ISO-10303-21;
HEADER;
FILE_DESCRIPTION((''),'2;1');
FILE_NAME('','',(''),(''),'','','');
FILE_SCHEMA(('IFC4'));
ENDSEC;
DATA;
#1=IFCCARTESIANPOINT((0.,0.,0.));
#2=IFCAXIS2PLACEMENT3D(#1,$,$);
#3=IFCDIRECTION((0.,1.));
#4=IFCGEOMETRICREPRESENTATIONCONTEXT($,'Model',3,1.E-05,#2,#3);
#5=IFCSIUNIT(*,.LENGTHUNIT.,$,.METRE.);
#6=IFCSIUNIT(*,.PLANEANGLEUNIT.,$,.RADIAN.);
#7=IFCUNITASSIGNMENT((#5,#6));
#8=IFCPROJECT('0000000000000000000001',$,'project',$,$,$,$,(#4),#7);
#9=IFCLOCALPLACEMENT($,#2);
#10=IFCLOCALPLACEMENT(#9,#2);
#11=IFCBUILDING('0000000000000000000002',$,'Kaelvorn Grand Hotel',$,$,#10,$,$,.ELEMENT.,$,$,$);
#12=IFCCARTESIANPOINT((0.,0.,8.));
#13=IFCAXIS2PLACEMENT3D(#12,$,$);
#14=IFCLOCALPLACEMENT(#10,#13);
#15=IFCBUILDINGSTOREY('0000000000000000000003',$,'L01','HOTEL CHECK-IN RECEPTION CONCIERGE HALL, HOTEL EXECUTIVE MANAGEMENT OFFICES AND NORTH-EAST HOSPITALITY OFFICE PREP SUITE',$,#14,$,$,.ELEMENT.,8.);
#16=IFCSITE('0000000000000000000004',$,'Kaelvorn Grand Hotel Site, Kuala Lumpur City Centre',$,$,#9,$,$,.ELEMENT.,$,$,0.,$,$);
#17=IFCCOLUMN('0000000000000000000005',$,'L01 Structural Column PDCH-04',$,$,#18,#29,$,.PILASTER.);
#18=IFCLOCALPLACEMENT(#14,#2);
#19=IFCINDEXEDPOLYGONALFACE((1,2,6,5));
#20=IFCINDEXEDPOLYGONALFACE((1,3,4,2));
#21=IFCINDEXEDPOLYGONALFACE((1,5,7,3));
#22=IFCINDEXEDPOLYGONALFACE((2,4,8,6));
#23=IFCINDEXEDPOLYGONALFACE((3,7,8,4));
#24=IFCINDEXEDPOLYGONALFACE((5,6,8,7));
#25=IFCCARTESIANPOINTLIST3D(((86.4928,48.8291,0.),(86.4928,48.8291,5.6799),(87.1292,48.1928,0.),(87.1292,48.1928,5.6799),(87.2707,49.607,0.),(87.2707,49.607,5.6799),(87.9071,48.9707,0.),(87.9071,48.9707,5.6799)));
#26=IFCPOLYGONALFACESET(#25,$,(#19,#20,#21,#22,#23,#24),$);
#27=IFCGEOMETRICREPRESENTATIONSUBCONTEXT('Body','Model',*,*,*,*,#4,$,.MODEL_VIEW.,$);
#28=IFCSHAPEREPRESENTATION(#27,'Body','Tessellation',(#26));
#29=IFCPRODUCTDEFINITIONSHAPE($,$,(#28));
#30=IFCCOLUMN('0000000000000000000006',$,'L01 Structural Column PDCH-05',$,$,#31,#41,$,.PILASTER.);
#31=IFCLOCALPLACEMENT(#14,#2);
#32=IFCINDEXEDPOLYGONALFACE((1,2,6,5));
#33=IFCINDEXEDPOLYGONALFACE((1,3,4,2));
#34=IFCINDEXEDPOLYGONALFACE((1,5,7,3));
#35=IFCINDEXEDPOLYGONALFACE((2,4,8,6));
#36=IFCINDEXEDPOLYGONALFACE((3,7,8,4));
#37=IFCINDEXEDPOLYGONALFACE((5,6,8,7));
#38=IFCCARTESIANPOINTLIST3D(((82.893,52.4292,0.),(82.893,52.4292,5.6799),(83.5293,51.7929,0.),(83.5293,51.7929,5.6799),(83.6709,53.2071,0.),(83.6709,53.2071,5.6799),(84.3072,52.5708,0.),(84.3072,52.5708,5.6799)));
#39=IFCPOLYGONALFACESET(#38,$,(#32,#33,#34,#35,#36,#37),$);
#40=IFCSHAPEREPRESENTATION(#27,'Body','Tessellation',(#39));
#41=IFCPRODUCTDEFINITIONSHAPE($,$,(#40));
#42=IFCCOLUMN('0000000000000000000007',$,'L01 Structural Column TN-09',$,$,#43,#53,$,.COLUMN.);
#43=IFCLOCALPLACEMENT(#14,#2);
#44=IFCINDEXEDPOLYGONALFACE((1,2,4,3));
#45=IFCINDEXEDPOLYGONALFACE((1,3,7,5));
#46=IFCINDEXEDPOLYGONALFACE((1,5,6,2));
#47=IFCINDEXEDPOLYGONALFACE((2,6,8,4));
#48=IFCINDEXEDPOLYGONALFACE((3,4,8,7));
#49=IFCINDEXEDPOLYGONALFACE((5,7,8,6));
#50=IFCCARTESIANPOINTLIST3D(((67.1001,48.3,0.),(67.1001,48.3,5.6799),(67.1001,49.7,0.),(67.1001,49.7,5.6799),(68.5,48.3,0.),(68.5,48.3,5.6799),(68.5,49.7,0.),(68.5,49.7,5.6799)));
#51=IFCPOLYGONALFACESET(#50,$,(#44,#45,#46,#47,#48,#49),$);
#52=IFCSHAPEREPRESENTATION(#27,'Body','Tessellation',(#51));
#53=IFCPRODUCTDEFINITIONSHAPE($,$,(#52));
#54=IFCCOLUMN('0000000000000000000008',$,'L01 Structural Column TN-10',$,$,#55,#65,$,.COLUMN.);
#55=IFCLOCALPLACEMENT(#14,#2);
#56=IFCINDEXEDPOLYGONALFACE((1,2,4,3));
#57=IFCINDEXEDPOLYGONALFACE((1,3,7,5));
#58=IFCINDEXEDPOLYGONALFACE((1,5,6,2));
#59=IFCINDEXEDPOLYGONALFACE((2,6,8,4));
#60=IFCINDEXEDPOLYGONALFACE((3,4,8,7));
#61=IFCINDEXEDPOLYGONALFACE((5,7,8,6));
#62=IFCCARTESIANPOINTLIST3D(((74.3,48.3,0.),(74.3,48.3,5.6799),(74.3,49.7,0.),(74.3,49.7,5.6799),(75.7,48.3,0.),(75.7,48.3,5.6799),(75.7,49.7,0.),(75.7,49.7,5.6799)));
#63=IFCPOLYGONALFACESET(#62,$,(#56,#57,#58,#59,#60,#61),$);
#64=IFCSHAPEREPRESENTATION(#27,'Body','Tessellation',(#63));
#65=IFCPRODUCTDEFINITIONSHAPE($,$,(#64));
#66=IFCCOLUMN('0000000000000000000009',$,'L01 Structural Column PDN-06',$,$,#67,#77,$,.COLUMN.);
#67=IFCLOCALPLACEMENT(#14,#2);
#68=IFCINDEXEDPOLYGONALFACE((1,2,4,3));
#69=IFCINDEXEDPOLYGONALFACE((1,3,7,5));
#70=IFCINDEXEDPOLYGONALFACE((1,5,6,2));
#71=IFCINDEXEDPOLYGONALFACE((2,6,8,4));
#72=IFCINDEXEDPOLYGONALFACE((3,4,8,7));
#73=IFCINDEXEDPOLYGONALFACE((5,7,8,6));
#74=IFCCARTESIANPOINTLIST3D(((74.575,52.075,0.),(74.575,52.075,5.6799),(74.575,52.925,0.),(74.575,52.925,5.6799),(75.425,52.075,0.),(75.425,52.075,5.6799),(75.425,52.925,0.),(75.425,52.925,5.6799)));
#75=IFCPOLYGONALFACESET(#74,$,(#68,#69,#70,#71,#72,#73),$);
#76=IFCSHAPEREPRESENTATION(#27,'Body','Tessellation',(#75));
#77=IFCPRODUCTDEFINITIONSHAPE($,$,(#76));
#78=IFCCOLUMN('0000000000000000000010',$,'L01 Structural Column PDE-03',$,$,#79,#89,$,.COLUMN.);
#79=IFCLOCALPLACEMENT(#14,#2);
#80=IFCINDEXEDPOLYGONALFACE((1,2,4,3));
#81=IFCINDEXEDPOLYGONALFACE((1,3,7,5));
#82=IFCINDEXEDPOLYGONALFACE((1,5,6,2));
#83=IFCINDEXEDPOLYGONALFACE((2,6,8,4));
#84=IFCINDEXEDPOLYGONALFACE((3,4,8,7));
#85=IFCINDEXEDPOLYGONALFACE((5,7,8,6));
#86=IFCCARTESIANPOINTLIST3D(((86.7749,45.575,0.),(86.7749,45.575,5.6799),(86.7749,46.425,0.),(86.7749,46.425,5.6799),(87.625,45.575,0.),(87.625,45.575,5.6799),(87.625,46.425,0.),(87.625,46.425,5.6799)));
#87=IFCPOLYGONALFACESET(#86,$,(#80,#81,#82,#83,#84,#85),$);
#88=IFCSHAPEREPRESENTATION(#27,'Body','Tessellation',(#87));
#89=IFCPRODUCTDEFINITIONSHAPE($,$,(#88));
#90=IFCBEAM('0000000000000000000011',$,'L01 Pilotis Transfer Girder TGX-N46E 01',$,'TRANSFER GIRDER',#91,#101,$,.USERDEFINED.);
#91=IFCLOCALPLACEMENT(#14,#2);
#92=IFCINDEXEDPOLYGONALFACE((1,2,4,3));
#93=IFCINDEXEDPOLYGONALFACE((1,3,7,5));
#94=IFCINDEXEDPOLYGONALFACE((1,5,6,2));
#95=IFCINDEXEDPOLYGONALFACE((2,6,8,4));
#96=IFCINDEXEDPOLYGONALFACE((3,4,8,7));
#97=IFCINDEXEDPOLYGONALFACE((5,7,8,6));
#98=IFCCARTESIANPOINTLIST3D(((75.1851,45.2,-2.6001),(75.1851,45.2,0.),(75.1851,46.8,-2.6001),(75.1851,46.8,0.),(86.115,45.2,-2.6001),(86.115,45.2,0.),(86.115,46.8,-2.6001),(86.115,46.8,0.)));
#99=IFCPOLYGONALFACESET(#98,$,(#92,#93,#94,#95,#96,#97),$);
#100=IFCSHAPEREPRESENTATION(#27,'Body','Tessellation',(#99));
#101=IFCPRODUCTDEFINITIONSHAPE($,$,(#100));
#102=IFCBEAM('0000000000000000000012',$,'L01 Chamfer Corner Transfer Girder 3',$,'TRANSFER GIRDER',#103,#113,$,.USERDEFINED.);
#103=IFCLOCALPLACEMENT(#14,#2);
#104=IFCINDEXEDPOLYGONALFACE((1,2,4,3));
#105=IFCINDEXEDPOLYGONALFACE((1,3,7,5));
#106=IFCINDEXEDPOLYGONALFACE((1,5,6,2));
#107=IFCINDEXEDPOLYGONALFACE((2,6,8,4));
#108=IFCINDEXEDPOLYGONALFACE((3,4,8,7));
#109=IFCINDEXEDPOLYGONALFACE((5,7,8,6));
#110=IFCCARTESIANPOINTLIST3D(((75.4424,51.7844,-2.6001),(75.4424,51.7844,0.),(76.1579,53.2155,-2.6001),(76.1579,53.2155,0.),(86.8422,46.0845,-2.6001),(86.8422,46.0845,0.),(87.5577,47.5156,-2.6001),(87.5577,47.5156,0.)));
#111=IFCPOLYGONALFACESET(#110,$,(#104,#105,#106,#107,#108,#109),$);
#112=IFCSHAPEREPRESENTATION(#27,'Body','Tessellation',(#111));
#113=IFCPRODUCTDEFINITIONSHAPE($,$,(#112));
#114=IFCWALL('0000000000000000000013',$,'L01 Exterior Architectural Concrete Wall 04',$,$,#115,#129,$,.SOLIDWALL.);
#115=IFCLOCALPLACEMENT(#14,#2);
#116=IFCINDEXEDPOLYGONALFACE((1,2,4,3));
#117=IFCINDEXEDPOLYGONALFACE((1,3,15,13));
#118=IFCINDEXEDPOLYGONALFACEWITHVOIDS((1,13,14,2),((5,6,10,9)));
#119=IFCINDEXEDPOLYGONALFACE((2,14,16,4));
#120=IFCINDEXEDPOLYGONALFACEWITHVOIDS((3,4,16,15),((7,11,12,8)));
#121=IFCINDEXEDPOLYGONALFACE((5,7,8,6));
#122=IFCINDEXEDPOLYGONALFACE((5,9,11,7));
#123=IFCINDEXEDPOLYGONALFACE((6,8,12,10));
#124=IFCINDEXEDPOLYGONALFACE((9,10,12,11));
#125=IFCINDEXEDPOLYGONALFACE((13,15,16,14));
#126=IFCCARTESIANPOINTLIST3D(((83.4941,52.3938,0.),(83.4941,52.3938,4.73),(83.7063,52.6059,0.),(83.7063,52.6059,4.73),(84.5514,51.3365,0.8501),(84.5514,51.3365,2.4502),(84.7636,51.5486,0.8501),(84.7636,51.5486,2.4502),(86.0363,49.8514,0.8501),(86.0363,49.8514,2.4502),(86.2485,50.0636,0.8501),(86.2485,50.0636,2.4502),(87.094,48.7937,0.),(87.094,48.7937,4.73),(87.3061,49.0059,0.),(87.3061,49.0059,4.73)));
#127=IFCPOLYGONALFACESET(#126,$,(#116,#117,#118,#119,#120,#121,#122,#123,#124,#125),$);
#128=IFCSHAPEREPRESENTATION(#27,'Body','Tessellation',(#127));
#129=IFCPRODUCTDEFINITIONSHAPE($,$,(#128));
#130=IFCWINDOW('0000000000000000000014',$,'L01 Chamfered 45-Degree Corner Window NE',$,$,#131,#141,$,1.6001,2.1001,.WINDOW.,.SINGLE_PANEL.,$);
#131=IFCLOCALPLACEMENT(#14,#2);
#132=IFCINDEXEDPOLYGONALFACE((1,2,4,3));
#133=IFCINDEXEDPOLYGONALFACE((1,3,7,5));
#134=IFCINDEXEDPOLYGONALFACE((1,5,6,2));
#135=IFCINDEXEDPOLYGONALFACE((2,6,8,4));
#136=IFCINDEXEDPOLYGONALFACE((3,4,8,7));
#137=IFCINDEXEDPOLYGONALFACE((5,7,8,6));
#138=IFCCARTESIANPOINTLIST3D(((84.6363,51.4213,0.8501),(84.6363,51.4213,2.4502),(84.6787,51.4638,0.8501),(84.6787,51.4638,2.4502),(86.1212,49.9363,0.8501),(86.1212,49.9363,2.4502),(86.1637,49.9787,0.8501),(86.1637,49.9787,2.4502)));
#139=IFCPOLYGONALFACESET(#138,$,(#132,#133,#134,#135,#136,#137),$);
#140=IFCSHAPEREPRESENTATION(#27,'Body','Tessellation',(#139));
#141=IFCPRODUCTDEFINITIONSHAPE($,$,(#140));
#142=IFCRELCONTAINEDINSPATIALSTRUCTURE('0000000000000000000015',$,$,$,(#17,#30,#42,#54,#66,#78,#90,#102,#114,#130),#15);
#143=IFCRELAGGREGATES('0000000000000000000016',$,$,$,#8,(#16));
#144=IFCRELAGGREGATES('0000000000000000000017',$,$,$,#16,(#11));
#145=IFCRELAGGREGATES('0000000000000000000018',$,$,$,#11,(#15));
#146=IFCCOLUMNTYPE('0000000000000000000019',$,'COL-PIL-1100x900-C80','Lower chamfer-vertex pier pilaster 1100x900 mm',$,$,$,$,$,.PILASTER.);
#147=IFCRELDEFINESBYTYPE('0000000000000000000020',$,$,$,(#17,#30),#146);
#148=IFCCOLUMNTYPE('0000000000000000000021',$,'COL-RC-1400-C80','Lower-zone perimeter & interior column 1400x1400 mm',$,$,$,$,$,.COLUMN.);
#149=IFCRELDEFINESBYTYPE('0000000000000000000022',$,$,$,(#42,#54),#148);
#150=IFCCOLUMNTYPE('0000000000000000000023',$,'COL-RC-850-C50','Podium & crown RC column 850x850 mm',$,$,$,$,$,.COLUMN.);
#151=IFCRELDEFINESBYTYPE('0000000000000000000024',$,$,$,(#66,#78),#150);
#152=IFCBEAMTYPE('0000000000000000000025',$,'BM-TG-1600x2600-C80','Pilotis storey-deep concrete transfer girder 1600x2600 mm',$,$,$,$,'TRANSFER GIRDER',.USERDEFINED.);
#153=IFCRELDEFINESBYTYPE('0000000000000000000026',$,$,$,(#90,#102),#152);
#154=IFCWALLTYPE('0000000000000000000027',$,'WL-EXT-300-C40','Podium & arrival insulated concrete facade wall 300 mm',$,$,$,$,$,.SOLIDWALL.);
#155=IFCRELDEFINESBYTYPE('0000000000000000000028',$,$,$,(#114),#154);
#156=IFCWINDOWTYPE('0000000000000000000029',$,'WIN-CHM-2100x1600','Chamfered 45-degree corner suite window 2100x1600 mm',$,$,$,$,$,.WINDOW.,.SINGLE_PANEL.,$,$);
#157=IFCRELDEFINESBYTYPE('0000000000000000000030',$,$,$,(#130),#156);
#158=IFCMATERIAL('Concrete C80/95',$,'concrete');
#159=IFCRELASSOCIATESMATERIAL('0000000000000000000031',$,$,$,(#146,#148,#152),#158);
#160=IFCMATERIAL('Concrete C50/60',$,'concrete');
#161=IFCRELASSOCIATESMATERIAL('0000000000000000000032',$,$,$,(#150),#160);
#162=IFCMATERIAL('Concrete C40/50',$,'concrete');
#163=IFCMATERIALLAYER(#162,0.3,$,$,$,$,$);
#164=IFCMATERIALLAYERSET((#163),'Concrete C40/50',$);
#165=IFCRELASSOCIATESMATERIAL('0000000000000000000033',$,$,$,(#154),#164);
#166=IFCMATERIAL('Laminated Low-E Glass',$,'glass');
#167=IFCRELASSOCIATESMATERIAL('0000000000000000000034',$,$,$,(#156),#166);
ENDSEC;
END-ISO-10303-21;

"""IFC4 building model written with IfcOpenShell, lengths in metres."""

from ifc_helpers import new_model, si_unit, direction, frame, frame_2d, origin, origin_2d, place, context, subcontext, project, spatial, rectangle, extrude, material, layer, layer_set, material_profile, profile_set, type_object, element, fill, save


model = new_model("IFC4")

# Units and contexts
model_context = context("Model", 3, precision=1e-05, world=origin(), true_north=direction((0.0, 1.0)))
body_context = subcontext(model_context, "Body", "Model", "MODEL_VIEW")
ifc_project = project(units=[si_unit("LENGTHUNIT", "METRE"), si_unit("PLANEANGLEUNIT", "RADIAN")], contexts=[model_context])

# Site, building, storey
site_placement = place(None, origin())
site = spatial("IfcSite", under=ifc_project, at=site_placement, Name="Kaelvorn Grand Hotel Site, Kuala Lumpur City Centre", CompositionType="ELEMENT", RefElevation=0.0)
building_placement = place(site_placement, origin())
building = spatial("IfcBuilding", under=site, at=building_placement, Name="Kaelvorn Grand Hotel", CompositionType="ELEMENT")
storey_placement = place(building_placement, frame((0.0, 0.0, 8.0)))
storey = spatial("IfcBuildingStorey", under=building, at=storey_placement, Name="L01", Description="HOTEL CHECK-IN RECEPTION CONCIERGE HALL, HOTEL EXECUTIVE MANAGEMENT OFFICES AND NORTH-EAST HOSPITALITY OFFICE PREP SUITE", CompositionType="ELEMENT", Elevation=8.0)

# Columns
ifc_material_1 = material(Name="Concrete C80/95", Category="concrete")
ifc_material_profile_1 = material_profile(ifc_material_1, rectangle(XDim=1.1001, YDim=0.8999, at=origin_2d()), Name="RC PILASTER 1100x900")
ifc_profile_set_1 = profile_set([ifc_material_profile_1], Name="Concrete C80/95")
column_type_1 = type_object("IfcColumnType", Name="COL-PIL-1100x900-C80", Description="Lower chamfer-vertex pier pilaster 1100x900 mm", PredefinedType="PILASTER", material=ifc_profile_set_1)
for number, where, z_axis, x_axis, name in (
    (1, (87.2, 48.8999, 0.0), (0.0, 0.0, 1.0), (0.707107, 0.707107, 0.0), "L01 Structural Column PDCH-04"),
    (2, (83.6001, 52.5, 0.0), (0.0, 0.0, 1.0), (0.707107, 0.707107, 0.0), "L01 Structural Column PDCH-05"),
):
    element("IfcColumn", number, at=place(storey_placement, frame(where, z_axis=z_axis, x_axis=x_axis)), inside=storey, type_object=column_type_1, Name=name, PredefinedType="PILASTER", context=body_context, shape_type="SweptSolid", body=[
        extrude(rectangle(XDim=1.1001, YDim=0.8999, at=origin_2d()), origin(), (0.0, 0.0, 1.0), 5.6799),
    ])
ifc_material_profile_2 = material_profile(ifc_material_1, rectangle(XDim=1.3999, YDim=1.3999, at=origin_2d()), Name="RC COL 1400x1400")
ifc_profile_set_2 = profile_set([ifc_material_profile_2], Name="Concrete C80/95")
column_type_2 = type_object("IfcColumnType", Name="COL-RC-1400-C80", Description="Lower-zone perimeter & interior column 1400x1400 mm", PredefinedType="COLUMN", material=ifc_profile_set_2)
for number, where, z_axis, x_axis, name in (
    (3, (67.8, 49.0, 0.0), (0.0, 0.0, 1.0), (1.0, 0.0, 0.0), "L01 Structural Column TN-09"),
    (4, (75.0, 49.0, 0.0), (0.0, 0.0, 1.0), (1.0, 0.0, 0.0), "L01 Structural Column TN-10"),
):
    element("IfcColumn", number, at=place(storey_placement, frame(where, z_axis=z_axis, x_axis=x_axis)), inside=storey, type_object=column_type_2, Name=name, PredefinedType="COLUMN", context=body_context, shape_type="SweptSolid", body=[
        extrude(rectangle(XDim=1.3999, YDim=1.3999, at=origin_2d()), origin(), (0.0, 0.0, 1.0), 5.6799),
    ])
ifc_material_2 = material(Name="Concrete C50/60", Category="concrete")
ifc_material_profile_3 = material_profile(ifc_material_2, rectangle(XDim=0.8501, YDim=0.8501, at=origin_2d()), Name="RC COL 850x850")
ifc_profile_set_3 = profile_set([ifc_material_profile_3], Name="Concrete C50/60")
column_type_3 = type_object("IfcColumnType", Name="COL-RC-850-C50", Description="Podium & crown RC column 850x850 mm", PredefinedType="COLUMN", material=ifc_profile_set_3)
for number, where, z_axis, x_axis, name in (
    (5, (75.0, 52.5, 0.0), (0.0, 0.0, 1.0), (1.0, 0.0, 0.0), "L01 Structural Column PDN-06"),
    (6, (87.2, 46.0, 0.0), (0.0, 0.0, 1.0), (1.0, 0.0, 0.0), "L01 Structural Column PDE-03"),
):
    element("IfcColumn", number, at=place(storey_placement, frame(where, z_axis=z_axis, x_axis=x_axis)), inside=storey, type_object=column_type_3, Name=name, PredefinedType="COLUMN", context=body_context, shape_type="SweptSolid", body=[
        extrude(rectangle(XDim=0.8501, YDim=0.8501, at=origin_2d()), origin(), (0.0, 0.0, 1.0), 5.6799),
    ])

# Beams
ifc_material_profile_4 = material_profile(ifc_material_1, rectangle(XDim=1.6001, YDim=2.6001, at=origin_2d()), Name="RC TG 1600x2600")
ifc_profile_set_4 = profile_set([ifc_material_profile_4], Name="Concrete C80/95")
beam_type = type_object("IfcBeamType", Name="BM-TG-1600x2600-C80", Description="Pilotis storey-deep concrete transfer girder 1600x2600 mm", ElementType="TRANSFER GIRDER", PredefinedType="USERDEFINED", material=ifc_profile_set_4)
beam_1_placement = place(storey_placement, frame((75.1851, 46.0, -1.3), z_axis=(1.0, 0.0, 0.0), x_axis=(0.0, 1.0, 0.0)))
element("IfcBeam", 7, at=beam_1_placement, inside=storey, type_object=beam_type, Name="L01 Pilotis Transfer Girder TGX-N46E 01", ObjectType="TRANSFER GIRDER", PredefinedType="USERDEFINED", context=body_context, shape_type="SweptSolid", body=[
    extrude(rectangle(XDim=1.6001, YDim=2.6001, at=origin_2d()), origin(), (0.0, 0.0, 1.0), 10.9299),
])
beam_2_placement = place(storey_placement, frame((87.2, 46.8, -1.3), z_axis=(-0.894427, 0.447214, 0.0), x_axis=(-0.447214, -0.894427, 0.0)))
element("IfcBeam", 8, at=beam_2_placement, inside=storey, type_object=beam_type, Name="L01 Chamfer Corner Transfer Girder 3", ObjectType="TRANSFER GIRDER", PredefinedType="USERDEFINED", context=body_context, shape_type="SweptSolid", body=[
    extrude(rectangle(XDim=1.6001, YDim=2.6001, at=origin_2d()), origin(), (0.0, 0.0, 1.0), 12.7454),
])

# Wall, opening, window
ifc_material_3 = material(Name="Concrete C40/50", Category="concrete")
ifc_layer_1 = layer(ifc_material_3, 0.3)
ifc_layer_set_1 = layer_set([ifc_layer_1], Name="Concrete C40/50")
wall_type_1 = type_object("IfcWallType", Name="WL-EXT-300-C40", Description="Podium & arrival insulated concrete facade wall 300 mm", PredefinedType="SOLIDWALL", material=ifc_layer_set_1)
wall_1_placement = place(storey_placement, frame((87.2, 48.8999, 0.0), z_axis=(0.0, 0.0, 1.0), x_axis=(-0.707083, 0.707131, 0.0)))
wall_1 = element("IfcWall", 9, at=wall_1_placement, inside=storey, type_object=wall_type_1, Name="L01 Exterior Architectural Concrete Wall 04", PredefinedType="SOLIDWALL", context=body_context, shape_type="SweptSolid", body=[
    extrude(rectangle(XDim=5.0911, YDim=0.3, at=frame_2d((2.5454, 0.0))), origin(), (0.0, 0.0, 1.0), 4.73),
])
opening_1_placement = place(wall_1_placement, frame((1.4956, 0.0, 0.8501)))
opening_1 = element("IfcOpeningElement", 10, at=opening_1_placement, cuts=wall_1, PredefinedType="OPENING", context=body_context, shape_type="SweptSolid", body=[
    extrude(rectangle(XDim=2.1001, YDim=1.6001, at=frame_2d((1.05, 0.8))), frame((0.0, 0.1602, 0.0), z_axis=(0.0, -1.0, 0.0), x_axis=(1.0, 0.0, 0.0)), (0.0, 0.0, 1.0), 0.3201),
])
ifc_material_4 = material(Name="Laminated Low-E Glass", Category="glass")
window_type_1 = type_object("IfcWindowType", Name="WIN-CHM-2100x1600", Description="Chamfered 45-degree corner suite window 2100x1600 mm", PartitioningType="SINGLE_PANEL", PredefinedType="WINDOW", material=ifc_material_4)
window_1_placement = place(opening_1_placement, origin())
window_1 = element("IfcWindow", 11, at=window_1_placement, inside=storey, type_object=window_type_1, Name="L01 Chamfered 45-Degree Corner Window NE", OverallHeight=1.6001, OverallWidth=2.1001, PartitioningType="SINGLE_PANEL", PredefinedType="WINDOW", context=body_context, shape_type="SweptSolid", body=[
    extrude(rectangle(XDim=2.1001, YDim=1.6001, at=frame_2d((1.05, 0.8))), frame((0.0, 0.03, 0.0), z_axis=(0.0, -1.0, 0.0), x_axis=(1.0, 0.0, 0.0)), (0.0, 0.0, 1.0), 0.0601),
])
fill(opening_1, window_1)

save(model, "model.ifc")
